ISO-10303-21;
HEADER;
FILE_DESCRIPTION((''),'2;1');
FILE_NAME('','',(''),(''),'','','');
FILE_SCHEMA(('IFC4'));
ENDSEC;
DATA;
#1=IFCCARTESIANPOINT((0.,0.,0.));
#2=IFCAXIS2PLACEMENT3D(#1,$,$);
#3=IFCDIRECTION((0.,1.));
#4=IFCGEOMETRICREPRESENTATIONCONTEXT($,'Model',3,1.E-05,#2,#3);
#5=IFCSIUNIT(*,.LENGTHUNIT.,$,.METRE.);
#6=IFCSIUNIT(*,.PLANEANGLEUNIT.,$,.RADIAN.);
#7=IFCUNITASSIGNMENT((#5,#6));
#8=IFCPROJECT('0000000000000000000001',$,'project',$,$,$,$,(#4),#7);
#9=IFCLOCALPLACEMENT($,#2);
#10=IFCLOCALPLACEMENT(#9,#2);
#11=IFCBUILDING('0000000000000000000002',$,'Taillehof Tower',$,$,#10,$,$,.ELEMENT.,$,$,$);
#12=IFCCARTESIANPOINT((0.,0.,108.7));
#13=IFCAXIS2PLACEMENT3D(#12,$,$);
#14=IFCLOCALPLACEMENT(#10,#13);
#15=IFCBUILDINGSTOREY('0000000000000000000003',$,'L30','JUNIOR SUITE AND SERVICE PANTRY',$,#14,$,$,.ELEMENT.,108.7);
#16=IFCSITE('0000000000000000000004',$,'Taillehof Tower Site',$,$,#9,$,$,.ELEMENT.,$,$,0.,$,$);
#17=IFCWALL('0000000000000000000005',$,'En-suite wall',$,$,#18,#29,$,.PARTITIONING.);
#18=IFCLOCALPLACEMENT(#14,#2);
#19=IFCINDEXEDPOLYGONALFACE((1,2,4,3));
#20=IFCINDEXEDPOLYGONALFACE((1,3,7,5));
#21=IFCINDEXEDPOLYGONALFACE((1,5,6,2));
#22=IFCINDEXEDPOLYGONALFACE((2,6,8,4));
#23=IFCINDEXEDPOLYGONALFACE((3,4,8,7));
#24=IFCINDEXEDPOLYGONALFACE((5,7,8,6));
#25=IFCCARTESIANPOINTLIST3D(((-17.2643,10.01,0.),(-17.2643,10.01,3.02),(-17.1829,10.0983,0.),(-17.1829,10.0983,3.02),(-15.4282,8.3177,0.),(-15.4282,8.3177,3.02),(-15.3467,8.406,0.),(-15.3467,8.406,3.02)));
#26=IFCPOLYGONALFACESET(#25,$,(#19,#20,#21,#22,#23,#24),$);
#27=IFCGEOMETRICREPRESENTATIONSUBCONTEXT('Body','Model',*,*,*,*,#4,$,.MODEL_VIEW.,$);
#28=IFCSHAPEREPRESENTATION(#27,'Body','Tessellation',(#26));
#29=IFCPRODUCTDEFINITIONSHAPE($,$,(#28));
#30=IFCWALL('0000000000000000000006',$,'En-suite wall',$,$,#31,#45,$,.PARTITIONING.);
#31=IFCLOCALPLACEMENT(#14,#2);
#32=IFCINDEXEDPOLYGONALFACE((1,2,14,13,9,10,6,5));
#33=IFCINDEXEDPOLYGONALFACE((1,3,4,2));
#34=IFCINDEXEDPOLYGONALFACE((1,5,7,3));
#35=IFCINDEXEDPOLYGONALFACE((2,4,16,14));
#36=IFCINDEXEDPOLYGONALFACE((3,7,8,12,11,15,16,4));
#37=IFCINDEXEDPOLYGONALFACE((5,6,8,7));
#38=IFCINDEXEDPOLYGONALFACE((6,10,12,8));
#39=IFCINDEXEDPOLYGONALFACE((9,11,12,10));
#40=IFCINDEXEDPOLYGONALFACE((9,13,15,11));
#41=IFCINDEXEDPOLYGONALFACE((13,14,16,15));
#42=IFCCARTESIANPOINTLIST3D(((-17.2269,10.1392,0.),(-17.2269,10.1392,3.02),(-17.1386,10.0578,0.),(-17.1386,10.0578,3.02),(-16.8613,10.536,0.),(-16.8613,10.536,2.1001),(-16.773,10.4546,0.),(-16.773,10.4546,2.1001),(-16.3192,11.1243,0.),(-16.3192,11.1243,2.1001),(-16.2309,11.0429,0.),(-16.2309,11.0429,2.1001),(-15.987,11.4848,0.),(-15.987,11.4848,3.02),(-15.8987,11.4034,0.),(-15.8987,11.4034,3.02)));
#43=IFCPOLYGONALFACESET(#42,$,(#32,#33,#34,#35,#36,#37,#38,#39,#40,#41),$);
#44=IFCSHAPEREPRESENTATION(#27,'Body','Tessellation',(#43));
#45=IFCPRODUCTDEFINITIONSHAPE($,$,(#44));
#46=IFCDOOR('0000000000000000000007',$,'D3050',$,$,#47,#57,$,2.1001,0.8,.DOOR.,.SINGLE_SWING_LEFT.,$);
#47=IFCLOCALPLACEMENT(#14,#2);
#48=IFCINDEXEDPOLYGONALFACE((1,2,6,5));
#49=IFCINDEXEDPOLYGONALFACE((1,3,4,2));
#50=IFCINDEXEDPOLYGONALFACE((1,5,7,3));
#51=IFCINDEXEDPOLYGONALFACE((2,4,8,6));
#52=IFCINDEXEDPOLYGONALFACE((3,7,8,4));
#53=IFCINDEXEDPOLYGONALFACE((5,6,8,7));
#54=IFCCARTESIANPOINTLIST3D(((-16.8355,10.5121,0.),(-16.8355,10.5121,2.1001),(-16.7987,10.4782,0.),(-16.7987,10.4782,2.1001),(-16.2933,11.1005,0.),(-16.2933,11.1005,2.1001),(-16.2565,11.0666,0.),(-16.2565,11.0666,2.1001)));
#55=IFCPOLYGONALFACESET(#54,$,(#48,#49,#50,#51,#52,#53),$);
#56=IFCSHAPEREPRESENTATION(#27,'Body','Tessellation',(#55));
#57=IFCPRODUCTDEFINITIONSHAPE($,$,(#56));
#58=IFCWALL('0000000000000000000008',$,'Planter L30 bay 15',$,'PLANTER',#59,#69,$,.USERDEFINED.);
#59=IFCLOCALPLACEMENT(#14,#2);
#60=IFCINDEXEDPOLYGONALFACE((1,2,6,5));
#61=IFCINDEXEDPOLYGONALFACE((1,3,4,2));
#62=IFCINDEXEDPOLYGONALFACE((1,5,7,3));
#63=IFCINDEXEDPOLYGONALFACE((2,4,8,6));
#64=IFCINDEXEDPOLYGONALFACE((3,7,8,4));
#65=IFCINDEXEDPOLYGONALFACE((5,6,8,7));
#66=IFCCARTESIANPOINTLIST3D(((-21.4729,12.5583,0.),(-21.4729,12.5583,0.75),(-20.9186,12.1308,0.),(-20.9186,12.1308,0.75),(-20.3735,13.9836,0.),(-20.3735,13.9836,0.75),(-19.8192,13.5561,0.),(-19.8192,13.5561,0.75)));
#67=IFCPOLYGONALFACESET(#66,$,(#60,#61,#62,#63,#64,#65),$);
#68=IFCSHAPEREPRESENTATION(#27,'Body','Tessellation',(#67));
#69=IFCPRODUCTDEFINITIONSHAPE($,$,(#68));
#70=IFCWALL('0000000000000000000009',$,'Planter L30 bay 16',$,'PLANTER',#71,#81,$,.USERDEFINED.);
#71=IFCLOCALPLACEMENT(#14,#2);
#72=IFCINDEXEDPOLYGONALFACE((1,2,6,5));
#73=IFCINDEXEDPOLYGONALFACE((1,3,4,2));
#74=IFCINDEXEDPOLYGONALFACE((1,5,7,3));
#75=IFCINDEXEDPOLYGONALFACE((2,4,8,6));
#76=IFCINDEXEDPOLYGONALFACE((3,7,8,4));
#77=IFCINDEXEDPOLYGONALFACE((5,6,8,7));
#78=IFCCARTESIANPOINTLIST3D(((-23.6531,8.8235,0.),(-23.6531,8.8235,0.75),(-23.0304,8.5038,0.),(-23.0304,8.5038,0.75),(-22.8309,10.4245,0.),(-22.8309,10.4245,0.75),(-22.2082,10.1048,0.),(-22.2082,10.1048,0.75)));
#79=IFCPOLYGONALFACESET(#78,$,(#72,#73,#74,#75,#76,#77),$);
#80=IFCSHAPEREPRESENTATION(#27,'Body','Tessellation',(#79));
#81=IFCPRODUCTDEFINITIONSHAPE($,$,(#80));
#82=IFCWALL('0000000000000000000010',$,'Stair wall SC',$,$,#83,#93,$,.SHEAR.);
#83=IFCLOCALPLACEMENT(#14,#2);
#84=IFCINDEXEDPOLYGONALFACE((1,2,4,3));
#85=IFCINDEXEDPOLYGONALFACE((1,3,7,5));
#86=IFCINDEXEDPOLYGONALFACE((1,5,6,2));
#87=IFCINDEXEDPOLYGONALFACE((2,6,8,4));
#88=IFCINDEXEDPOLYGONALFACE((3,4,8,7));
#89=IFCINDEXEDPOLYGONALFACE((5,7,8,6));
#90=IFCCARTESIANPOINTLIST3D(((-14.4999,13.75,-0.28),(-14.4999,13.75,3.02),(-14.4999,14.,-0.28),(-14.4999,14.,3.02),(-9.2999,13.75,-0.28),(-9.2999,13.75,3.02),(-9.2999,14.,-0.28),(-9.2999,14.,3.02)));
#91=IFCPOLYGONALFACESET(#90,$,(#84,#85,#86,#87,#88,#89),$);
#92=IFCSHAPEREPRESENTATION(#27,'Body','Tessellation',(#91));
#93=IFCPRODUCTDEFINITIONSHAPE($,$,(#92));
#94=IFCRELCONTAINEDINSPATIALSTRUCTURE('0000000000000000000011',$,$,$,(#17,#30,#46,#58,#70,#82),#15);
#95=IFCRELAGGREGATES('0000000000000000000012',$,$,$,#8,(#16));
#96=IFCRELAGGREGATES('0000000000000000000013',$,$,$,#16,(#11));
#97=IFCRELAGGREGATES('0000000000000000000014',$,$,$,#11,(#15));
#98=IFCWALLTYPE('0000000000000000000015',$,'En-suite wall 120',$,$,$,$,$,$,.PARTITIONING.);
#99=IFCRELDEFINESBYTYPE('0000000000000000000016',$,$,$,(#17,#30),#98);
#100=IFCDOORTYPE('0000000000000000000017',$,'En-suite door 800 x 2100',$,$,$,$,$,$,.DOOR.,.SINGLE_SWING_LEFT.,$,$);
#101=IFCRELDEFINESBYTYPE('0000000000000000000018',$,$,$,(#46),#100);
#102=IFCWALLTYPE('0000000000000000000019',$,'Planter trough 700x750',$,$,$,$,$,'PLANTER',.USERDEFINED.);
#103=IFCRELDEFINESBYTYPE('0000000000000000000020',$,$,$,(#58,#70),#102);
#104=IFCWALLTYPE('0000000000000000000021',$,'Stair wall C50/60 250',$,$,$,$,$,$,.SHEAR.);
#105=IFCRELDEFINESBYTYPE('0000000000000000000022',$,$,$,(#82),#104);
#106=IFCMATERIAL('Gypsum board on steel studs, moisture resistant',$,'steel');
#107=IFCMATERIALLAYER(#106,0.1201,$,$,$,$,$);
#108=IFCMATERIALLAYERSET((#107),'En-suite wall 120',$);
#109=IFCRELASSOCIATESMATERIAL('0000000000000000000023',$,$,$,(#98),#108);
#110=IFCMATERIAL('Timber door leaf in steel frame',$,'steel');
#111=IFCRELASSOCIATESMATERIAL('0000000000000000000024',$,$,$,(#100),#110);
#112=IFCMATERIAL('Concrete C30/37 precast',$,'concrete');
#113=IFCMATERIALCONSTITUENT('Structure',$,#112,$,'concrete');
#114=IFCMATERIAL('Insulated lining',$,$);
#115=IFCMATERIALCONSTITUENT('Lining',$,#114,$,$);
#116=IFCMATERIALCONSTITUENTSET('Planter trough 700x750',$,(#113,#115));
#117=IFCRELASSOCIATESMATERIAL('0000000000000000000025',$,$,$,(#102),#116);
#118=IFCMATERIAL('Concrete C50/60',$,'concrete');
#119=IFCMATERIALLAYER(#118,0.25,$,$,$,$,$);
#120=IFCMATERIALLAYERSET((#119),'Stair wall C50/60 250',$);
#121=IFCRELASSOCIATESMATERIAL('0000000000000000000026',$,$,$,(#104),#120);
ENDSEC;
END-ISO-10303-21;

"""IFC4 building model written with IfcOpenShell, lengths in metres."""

from ifc_helpers import new_model, si_unit, direction, frame, frame_2d, origin, place, context, subcontext, project, spatial, rectangle, extrude, material, layer, layer_set, constituent, constituent_set, type_object, element, fill, save


model = new_model("IFC4")

# Units and contexts
model_context = context("Model", 3, precision=1e-05, world=origin(), true_north=direction((0.0, 1.0)))
body_context = subcontext(model_context, "Body", "Model", "MODEL_VIEW")
ifc_project = project(units=[si_unit("LENGTHUNIT", "METRE"), si_unit("PLANEANGLEUNIT", "RADIAN")], contexts=[model_context])

# Site, building, storey
site_placement = place(None, origin())
site = spatial("IfcSite", under=ifc_project, at=site_placement, Name="Taillehof Tower Site", CompositionType="ELEMENT", RefElevation=0.0)
building_placement = place(site_placement, origin())
building = spatial("IfcBuilding", under=site, at=building_placement, Name="Taillehof Tower", CompositionType="ELEMENT")
storey_placement = place(building_placement, frame((0.0, 0.0, 108.7)))
storey = spatial("IfcBuildingStorey", under=building, at=storey_placement, Name="L30", Description="JUNIOR SUITE AND SERVICE PANTRY", CompositionType="ELEMENT", Elevation=108.7)

# Wall
ifc_material_1 = material(Name="Gypsum board on steel studs, moisture resistant", Category="steel")
ifc_layer_1 = layer(ifc_material_1, 0.1201)
ifc_layer_set_1 = layer_set([ifc_layer_1], Name="En-suite wall 120")
wall_type_1 = type_object("IfcWallType", Name="En-suite wall 120", PredefinedType="PARTITIONING", material=ifc_layer_set_1)
wall_1_placement = place(storey_placement, frame((-15.3875, 8.3618, 0.0), z_axis=(0.0, 0.0, 1.0), x_axis=(-0.735313, 0.677728, 0.0)))
element("IfcWall", 1, at=wall_1_placement, inside=storey, type_object=wall_type_1, Name="En-suite wall", PredefinedType="PARTITIONING", context=body_context, shape_type="SweptSolid", body=[
    extrude(rectangle(XDim=2.4971, YDim=0.1201, at=frame_2d((1.2485, 0.0))), origin(), (0.0, 0.0, 1.0), 3.02),
])

# Wall, opening, door
wall_2_placement = place(storey_placement, frame((-17.1829, 10.0984, 0.0), z_axis=(0.0, 0.0, 1.0), x_axis=(0.677632, 0.735402, 0.0)))
wall_2 = element("IfcWall", 2, at=wall_2_placement, inside=storey, type_object=wall_type_1, Name="En-suite wall", PredefinedType="PARTITIONING", context=body_context, shape_type="SweptSolid", body=[
    extrude(rectangle(XDim=1.8298, YDim=0.1201, at=frame_2d((0.915, 0.0))), origin(), (0.0, 0.0, 1.0), 3.02),
])
opening_1_placement = place(wall_2_placement, frame((0.5398, 0.0, 0.0)))
opening_1 = element("IfcOpeningElement", 3, at=opening_1_placement, cuts=wall_2, PredefinedType="OPENING", context=body_context, shape_type="SweptSolid", body=[
    extrude(rectangle(XDim=0.8, YDim=2.1001, at=frame_2d((0.3999, 1.05))), frame((0.0, 0.0701, 0.0), z_axis=(0.0, -1.0, 0.0), x_axis=(1.0, 0.0, 0.0)), (0.0, 0.0, 1.0), 0.1401),
])
ifc_material_2 = material(Name="Timber door leaf in steel frame", Category="steel")
door_type_1 = type_object("IfcDoorType", Name="En-suite door 800 x 2100", OperationType="SINGLE_SWING_LEFT", PredefinedType="DOOR", material=ifc_material_2)
door_1_placement = place(opening_1_placement, origin())
door_1 = element("IfcDoor", 4, at=door_1_placement, inside=storey, type_object=door_type_1, Name="D3050", OperationType="SINGLE_SWING_LEFT", OverallHeight=2.1001, OverallWidth=0.8, PredefinedType="DOOR", context=body_context, shape_type="SweptSolid", body=[
    extrude(rectangle(XDim=0.8, YDim=2.1001, at=frame_2d((0.3999, 1.05))), frame((0.0, 0.0249, 0.0), z_axis=(0.0, -1.0, 0.0), x_axis=(1.0, 0.0, 0.0)), (0.0, 0.0, 1.0), 0.05),
])
fill(opening_1, door_1)

# Walls
ifc_material_3 = material(Name="Concrete C30/37 precast", Category="concrete")
ifc_constituent_1 = constituent(ifc_material_3, Name="Structure", Category="concrete")
ifc_material_4 = material(Name="Insulated lining")
ifc_constituent_2 = constituent(ifc_material_4, Name="Lining")
ifc_constituent_set = constituent_set(constituents=[ifc_constituent_1, ifc_constituent_2], Name="Planter trough 700x750")
wall_type_2 = type_object("IfcWallType", Name="Planter trough 700x750", ElementType="PLANTER", PredefinedType="USERDEFINED", material=ifc_constituent_set)
wall_3_placement = place(storey_placement, frame((-20.0964, 13.7698, 0.0), z_axis=(0.0, 0.0, 1.0), x_axis=(-0.610752, -0.791822, 0.0)))
element("IfcWall", 5, at=wall_3_placement, inside=storey, type_object=wall_type_2, Name="Planter L30 bay 15", ObjectType="PLANTER", PredefinedType="USERDEFINED", context=body_context, shape_type="SweptSolid", body=[
    extrude(rectangle(XDim=1.8, YDim=0.7, at=frame_2d((0.8999, 0.0))), origin(), (0.0, 0.0, 1.0), 0.75),
])
wall_4_placement = place(storey_placement, frame((-22.5195, 10.2646, 0.0), z_axis=(0.0, 0.0, 1.0), x_axis=(-0.456845, -0.889546, 0.0)))
element("IfcWall", 6, at=wall_4_placement, inside=storey, type_object=wall_type_2, Name="Planter L30 bay 16", ObjectType="PLANTER", PredefinedType="USERDEFINED", context=body_context, shape_type="SweptSolid", body=[
    extrude(rectangle(XDim=1.7998, YDim=0.7, at=frame_2d((0.8999, 0.0))), origin(), (0.0, 0.0, 1.0), 0.75),
])
ifc_material_5 = material(Name="Concrete C50/60", Category="concrete")
ifc_layer_2 = layer(ifc_material_5, 0.25)
ifc_layer_set_2 = layer_set([ifc_layer_2], Name="Stair wall C50/60 250")
wall_type_3 = type_object("IfcWallType", Name="Stair wall C50/60 250", PredefinedType="SHEAR", material=ifc_layer_set_2)
wall_5_placement = place(storey_placement, frame((-14.5, 13.875, -0.28), z_axis=(0.0, 0.0, 1.0), x_axis=(1.0, 0.0, 0.0)))
element("IfcWall", 7, at=wall_5_placement, inside=storey, type_object=wall_type_3, Name="Stair wall SC", PredefinedType="SHEAR", context=body_context, shape_type="SweptSolid", body=[
    extrude(rectangle(XDim=5.2, YDim=0.25, at=frame_2d((2.6001, 0.0))), origin(), (0.0, 0.0, 1.0), 3.3),
])

save(model, "model.ifc")
